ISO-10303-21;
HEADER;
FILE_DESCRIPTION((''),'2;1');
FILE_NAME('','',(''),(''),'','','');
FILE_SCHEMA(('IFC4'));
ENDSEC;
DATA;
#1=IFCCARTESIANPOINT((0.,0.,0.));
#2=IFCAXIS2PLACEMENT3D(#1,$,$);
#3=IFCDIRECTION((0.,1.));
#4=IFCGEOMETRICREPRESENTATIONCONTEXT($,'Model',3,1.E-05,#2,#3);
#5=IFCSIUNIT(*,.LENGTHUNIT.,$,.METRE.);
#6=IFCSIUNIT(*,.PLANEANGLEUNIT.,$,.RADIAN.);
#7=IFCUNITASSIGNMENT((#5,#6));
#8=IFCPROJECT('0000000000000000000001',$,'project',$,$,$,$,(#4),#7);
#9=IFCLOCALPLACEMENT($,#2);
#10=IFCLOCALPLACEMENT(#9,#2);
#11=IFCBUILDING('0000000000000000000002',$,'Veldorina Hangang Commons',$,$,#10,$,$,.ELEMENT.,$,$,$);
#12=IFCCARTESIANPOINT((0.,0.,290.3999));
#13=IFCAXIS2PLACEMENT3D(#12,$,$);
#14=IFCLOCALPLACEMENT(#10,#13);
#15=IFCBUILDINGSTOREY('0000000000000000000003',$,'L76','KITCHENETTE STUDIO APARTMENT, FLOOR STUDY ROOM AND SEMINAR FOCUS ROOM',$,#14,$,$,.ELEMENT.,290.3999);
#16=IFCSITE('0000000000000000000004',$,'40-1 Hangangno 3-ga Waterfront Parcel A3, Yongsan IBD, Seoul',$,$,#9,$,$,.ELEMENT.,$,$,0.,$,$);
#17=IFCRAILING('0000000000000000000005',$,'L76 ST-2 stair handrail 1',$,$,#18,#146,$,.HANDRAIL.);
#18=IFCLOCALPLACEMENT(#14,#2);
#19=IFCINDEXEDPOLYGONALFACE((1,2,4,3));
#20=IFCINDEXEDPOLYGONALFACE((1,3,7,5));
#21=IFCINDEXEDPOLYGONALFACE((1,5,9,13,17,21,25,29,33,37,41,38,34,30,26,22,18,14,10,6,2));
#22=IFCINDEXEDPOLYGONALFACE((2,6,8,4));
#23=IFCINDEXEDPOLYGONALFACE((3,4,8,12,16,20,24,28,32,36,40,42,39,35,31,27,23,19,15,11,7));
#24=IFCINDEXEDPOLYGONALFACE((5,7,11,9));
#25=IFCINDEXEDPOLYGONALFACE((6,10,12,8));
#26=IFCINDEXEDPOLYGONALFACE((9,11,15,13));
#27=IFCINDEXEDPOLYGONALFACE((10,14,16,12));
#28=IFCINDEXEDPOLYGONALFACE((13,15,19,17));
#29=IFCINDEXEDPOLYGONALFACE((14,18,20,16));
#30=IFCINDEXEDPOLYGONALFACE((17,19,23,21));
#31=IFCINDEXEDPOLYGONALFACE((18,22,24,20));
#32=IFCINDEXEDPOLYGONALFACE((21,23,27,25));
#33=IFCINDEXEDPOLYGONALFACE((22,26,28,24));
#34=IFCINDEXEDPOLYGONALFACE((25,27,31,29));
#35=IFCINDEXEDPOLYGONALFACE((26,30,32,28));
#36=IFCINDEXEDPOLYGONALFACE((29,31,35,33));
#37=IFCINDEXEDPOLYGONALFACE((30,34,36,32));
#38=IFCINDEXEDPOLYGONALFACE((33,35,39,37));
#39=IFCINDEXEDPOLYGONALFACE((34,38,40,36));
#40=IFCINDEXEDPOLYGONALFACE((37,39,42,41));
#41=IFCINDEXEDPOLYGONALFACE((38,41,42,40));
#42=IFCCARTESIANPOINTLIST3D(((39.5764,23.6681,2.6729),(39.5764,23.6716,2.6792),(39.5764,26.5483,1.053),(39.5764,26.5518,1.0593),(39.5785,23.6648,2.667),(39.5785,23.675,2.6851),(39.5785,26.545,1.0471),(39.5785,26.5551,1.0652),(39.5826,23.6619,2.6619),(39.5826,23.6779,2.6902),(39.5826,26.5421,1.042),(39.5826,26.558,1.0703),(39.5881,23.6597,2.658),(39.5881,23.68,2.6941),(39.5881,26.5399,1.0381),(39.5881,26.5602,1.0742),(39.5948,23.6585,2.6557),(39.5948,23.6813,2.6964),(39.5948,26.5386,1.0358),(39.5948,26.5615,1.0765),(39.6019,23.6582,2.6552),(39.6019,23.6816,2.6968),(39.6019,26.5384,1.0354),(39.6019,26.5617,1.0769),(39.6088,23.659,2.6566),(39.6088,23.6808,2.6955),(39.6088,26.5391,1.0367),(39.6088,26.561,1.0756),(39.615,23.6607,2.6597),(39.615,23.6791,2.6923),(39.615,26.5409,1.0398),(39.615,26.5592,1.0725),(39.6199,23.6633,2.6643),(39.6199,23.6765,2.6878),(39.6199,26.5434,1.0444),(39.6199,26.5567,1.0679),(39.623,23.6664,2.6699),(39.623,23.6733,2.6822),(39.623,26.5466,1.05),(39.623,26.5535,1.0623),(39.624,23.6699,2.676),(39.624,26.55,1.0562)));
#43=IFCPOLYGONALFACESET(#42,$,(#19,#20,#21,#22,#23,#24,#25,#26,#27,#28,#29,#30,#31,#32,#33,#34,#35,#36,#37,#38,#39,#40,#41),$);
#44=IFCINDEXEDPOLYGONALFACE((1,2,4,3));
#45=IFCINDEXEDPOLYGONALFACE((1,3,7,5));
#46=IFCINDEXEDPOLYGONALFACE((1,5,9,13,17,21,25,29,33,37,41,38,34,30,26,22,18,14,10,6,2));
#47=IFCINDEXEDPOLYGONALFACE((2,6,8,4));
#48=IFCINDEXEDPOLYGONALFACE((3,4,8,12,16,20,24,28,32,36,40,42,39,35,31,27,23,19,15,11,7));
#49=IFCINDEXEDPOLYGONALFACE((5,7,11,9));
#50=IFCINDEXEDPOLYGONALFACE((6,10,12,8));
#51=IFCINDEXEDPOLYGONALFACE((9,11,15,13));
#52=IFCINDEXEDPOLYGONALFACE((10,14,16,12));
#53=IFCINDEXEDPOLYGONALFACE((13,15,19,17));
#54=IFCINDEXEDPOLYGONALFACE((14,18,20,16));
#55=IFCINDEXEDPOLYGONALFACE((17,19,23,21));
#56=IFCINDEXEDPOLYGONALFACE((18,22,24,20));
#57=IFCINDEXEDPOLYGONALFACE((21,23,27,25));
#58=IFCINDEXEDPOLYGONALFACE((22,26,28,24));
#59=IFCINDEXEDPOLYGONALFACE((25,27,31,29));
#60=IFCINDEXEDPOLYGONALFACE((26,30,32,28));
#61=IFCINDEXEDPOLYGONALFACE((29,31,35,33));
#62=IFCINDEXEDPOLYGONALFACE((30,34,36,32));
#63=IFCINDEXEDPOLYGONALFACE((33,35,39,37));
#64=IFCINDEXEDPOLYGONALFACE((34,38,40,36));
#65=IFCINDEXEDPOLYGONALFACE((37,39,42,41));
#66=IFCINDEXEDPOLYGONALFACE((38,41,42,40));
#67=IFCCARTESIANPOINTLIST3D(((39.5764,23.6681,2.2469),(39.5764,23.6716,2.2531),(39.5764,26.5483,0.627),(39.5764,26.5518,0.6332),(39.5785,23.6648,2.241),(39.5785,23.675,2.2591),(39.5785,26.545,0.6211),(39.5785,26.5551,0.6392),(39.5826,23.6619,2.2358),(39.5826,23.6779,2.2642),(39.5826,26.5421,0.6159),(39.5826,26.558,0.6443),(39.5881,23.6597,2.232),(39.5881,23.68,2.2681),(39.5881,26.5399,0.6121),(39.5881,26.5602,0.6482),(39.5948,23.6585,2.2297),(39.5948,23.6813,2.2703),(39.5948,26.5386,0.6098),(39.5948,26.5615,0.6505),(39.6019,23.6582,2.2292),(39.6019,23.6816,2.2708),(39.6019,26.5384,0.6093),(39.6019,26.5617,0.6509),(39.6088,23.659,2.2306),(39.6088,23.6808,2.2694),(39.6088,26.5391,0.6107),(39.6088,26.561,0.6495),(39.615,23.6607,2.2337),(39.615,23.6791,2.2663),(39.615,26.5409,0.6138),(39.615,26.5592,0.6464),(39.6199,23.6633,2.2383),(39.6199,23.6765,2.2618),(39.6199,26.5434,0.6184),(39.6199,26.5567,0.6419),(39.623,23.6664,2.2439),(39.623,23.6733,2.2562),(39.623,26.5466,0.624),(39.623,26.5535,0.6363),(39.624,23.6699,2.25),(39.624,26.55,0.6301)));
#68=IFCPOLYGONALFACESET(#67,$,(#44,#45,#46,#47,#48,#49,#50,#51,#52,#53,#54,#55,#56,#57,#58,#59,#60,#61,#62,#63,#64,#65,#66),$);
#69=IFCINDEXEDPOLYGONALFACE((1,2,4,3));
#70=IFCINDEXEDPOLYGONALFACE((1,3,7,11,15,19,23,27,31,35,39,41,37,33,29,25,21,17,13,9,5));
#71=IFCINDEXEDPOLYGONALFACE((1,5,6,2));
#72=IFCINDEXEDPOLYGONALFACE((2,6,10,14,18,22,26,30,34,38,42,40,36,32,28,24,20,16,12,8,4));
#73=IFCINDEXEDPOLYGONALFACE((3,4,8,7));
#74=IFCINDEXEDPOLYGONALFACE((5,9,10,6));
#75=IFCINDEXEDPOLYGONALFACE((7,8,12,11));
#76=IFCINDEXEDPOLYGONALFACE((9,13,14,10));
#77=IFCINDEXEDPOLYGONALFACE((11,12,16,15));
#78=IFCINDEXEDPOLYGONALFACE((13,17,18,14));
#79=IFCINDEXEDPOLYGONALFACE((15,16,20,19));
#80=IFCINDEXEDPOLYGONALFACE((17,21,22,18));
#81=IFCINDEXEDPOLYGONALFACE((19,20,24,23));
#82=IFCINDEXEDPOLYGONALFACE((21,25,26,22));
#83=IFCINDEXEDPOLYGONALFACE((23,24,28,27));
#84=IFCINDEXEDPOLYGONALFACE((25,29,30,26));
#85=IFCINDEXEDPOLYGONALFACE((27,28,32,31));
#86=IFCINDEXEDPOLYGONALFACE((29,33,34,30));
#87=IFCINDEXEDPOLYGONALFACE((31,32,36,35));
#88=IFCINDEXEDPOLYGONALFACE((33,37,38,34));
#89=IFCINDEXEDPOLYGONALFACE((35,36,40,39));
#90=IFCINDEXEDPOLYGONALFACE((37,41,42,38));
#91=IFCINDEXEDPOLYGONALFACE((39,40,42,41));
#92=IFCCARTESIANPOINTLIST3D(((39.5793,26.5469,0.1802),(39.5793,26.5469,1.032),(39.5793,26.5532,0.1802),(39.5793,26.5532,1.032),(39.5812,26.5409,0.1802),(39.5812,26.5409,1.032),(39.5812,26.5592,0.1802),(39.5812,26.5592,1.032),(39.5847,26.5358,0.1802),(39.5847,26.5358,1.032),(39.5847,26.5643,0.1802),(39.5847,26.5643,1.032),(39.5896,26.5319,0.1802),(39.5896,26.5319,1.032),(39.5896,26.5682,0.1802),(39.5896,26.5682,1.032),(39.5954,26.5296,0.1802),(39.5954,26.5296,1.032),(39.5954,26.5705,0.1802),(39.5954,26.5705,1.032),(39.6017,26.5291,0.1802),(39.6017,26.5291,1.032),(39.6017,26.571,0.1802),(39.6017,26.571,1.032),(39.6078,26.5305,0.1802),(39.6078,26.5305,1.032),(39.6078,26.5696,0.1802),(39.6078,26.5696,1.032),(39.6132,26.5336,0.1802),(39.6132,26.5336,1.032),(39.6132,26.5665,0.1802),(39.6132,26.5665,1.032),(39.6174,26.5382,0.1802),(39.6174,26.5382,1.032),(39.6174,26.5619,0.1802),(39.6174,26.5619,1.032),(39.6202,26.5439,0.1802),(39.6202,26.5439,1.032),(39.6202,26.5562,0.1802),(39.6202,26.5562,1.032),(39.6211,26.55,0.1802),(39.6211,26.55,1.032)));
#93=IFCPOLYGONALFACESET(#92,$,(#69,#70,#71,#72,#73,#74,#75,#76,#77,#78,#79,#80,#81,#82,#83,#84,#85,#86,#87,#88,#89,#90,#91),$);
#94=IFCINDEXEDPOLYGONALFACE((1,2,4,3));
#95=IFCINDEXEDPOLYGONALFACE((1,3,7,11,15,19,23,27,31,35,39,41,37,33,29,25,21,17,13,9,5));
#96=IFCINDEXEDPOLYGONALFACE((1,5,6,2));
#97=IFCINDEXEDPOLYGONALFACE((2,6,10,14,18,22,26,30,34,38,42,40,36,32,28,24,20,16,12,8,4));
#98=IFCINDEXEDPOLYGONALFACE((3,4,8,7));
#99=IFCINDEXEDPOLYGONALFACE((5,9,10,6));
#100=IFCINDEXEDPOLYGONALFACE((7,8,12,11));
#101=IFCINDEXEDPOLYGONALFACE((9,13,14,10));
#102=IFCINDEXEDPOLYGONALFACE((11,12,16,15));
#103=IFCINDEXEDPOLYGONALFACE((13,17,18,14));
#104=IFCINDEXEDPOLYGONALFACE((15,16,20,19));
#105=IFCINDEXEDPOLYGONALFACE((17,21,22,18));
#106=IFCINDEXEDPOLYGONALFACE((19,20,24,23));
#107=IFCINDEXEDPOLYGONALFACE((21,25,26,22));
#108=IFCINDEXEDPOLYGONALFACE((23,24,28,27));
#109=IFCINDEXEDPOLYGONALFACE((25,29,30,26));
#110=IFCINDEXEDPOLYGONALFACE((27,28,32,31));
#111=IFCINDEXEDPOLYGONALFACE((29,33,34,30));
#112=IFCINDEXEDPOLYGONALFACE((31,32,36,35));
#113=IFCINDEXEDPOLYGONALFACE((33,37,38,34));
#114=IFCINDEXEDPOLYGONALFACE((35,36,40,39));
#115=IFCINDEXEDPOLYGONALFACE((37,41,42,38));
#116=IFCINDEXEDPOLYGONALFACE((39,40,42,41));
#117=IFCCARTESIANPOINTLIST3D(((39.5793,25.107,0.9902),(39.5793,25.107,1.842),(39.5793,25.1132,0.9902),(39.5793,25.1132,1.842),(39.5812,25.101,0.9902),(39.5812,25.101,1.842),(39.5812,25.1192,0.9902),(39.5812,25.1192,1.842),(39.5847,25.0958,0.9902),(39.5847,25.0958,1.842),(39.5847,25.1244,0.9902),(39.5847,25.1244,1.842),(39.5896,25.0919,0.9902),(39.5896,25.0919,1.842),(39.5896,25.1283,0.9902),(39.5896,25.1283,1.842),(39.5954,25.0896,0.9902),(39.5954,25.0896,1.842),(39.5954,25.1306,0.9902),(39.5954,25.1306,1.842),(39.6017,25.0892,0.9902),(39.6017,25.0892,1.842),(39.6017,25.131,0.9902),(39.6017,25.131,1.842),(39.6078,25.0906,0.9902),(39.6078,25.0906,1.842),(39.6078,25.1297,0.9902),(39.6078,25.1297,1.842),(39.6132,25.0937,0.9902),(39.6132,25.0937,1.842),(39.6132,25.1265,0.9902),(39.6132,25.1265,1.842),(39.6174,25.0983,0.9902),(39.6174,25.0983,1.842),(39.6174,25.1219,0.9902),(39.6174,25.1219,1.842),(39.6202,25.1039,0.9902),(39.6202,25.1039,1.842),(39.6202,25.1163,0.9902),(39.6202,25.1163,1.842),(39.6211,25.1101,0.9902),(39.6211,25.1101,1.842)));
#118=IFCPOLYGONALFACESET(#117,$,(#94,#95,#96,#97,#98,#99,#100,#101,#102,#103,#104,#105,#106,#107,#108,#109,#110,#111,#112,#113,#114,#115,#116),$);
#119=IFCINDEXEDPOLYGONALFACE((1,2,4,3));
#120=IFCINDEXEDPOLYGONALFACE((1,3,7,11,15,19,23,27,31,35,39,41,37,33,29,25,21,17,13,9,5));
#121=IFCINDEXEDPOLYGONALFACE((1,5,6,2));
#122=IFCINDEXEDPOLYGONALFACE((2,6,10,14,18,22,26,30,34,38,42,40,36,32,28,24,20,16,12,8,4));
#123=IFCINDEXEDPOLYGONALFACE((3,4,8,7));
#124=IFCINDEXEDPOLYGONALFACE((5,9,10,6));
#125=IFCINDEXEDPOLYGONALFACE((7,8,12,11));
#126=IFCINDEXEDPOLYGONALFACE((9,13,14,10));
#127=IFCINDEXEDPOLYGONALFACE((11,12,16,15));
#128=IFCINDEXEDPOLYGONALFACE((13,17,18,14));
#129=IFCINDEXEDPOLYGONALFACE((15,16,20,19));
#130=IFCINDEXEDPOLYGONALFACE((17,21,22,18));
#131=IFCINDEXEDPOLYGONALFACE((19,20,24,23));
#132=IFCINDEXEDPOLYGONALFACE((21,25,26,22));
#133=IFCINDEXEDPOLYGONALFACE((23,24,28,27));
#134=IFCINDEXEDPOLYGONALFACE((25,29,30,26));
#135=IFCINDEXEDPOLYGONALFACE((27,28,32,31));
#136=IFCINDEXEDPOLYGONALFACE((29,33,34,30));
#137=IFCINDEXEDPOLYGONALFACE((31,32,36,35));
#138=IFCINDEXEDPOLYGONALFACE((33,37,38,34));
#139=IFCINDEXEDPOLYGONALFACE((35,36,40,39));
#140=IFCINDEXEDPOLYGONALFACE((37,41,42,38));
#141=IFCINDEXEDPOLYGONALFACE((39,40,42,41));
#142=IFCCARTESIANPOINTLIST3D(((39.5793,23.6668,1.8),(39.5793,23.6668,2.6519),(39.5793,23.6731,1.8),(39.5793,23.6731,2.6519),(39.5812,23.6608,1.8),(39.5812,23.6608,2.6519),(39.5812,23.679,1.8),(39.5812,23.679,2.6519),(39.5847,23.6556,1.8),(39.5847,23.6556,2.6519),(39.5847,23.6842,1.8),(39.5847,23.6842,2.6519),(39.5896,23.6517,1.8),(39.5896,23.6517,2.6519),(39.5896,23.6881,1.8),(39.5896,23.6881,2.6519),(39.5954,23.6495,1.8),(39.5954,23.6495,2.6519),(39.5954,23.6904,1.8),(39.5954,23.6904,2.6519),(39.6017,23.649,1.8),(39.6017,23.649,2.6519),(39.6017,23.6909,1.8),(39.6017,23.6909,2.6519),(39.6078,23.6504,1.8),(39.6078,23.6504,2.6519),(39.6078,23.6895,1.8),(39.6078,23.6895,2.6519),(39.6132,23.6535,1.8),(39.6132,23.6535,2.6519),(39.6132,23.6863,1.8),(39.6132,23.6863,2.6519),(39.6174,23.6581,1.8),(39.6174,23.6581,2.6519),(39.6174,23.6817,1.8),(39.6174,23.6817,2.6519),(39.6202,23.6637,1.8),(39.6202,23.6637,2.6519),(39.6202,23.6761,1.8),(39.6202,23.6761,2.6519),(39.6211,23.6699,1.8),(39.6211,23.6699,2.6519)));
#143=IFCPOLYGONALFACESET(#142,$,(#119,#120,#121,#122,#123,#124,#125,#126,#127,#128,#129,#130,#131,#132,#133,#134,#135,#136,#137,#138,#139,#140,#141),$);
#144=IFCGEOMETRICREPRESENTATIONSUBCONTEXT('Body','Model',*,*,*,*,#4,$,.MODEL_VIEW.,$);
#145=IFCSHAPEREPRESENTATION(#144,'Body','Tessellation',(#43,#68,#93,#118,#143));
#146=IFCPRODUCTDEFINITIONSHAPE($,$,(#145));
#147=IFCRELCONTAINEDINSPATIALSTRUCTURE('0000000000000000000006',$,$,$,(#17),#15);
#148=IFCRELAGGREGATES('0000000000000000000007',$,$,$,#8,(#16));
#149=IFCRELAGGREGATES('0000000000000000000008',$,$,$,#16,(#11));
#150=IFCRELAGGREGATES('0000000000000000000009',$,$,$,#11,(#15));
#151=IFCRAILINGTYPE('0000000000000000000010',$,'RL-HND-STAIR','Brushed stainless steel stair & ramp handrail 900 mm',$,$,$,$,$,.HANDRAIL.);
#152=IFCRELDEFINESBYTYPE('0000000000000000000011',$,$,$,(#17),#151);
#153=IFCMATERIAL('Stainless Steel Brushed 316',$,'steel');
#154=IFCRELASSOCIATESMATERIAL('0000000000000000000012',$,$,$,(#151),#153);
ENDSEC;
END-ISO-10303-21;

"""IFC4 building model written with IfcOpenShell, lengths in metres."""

from ifc_helpers import new_model, si_unit, direction, frame, origin, origin_2d, place, context, subcontext, project, spatial, circle, extrude, material, type_object, element, save


model = new_model("IFC4")

# Units and contexts
model_context = context("Model", 3, precision=1e-05, world=origin(), true_north=direction((0.0, 1.0)))
body_context = subcontext(model_context, "Body", "Model", "MODEL_VIEW")
ifc_project = project(units=[si_unit("LENGTHUNIT", "METRE"), si_unit("PLANEANGLEUNIT", "RADIAN")], contexts=[model_context])

# Site, building, storey
site_placement = place(None, origin())
site = spatial("IfcSite", under=ifc_project, at=site_placement, Name="40-1 Hangangno 3-ga Waterfront Parcel A3, Yongsan IBD, Seoul", CompositionType="ELEMENT", RefElevation=0.0)
building_placement = place(site_placement, origin())
building = spatial("IfcBuilding", under=site, at=building_placement, Name="Veldorina Hangang Commons", CompositionType="ELEMENT")
storey_placement = place(building_placement, frame((0.0, 0.0, 290.3999)))
storey = spatial("IfcBuildingStorey", under=building, at=storey_placement, Name="L76", Description="KITCHENETTE STUDIO APARTMENT, FLOOR STUDY ROOM AND SEMINAR FOCUS ROOM", CompositionType="ELEMENT", Elevation=290.3999)

# Railing
ifc_material_1 = material(Name="Stainless Steel Brushed 316", Category="steel")
railing_type_1 = type_object("IfcRailingType", Name="RL-HND-STAIR", Description="Brushed stainless steel stair & ramp handrail 900 mm", PredefinedType="HANDRAIL", material=ifc_material_1)
railing_1_placement = place(storey_placement, frame((39.6001, 26.55, 0.1802)))
element("IfcRailing", 1, at=railing_1_placement, inside=storey, type_object=railing_type_1, Name="L76 ST-2 stair handrail 1", PredefinedType="HANDRAIL", context=body_context, shape_type="SweptSolid", body=[
    extrude(circle(Radius=0.0239, at=origin_2d()), frame((0.0, 0.0, 0.876), z_axis=(0.0, -0.871601, 0.490216), x_axis=(1.0, 0.0, 0.0)), (0.0, 0.0, 1.0), 3.3044),
    extrude(circle(Radius=0.0239, at=origin_2d()), frame((0.0, 0.0, 0.45), z_axis=(0.0, -0.871601, 0.490216), x_axis=(1.0, 0.0, 0.0)), (0.0, 0.0, 1.0), 3.3044),
    extrude(circle(Radius=0.021, at=origin_2d()), origin(), (0.0, 0.0, 1.0), 0.8518),
    extrude(circle(Radius=0.021, at=origin_2d()), frame((0.0, -1.4399, 0.8101)), (0.0, 0.0, 1.0), 0.8518),
    extrude(circle(Radius=0.021, at=origin_2d()), frame((0.0, -2.8801, 1.6199)), (0.0, 0.0, 1.0), 0.8518),
])

save(model, "model.ifc")
